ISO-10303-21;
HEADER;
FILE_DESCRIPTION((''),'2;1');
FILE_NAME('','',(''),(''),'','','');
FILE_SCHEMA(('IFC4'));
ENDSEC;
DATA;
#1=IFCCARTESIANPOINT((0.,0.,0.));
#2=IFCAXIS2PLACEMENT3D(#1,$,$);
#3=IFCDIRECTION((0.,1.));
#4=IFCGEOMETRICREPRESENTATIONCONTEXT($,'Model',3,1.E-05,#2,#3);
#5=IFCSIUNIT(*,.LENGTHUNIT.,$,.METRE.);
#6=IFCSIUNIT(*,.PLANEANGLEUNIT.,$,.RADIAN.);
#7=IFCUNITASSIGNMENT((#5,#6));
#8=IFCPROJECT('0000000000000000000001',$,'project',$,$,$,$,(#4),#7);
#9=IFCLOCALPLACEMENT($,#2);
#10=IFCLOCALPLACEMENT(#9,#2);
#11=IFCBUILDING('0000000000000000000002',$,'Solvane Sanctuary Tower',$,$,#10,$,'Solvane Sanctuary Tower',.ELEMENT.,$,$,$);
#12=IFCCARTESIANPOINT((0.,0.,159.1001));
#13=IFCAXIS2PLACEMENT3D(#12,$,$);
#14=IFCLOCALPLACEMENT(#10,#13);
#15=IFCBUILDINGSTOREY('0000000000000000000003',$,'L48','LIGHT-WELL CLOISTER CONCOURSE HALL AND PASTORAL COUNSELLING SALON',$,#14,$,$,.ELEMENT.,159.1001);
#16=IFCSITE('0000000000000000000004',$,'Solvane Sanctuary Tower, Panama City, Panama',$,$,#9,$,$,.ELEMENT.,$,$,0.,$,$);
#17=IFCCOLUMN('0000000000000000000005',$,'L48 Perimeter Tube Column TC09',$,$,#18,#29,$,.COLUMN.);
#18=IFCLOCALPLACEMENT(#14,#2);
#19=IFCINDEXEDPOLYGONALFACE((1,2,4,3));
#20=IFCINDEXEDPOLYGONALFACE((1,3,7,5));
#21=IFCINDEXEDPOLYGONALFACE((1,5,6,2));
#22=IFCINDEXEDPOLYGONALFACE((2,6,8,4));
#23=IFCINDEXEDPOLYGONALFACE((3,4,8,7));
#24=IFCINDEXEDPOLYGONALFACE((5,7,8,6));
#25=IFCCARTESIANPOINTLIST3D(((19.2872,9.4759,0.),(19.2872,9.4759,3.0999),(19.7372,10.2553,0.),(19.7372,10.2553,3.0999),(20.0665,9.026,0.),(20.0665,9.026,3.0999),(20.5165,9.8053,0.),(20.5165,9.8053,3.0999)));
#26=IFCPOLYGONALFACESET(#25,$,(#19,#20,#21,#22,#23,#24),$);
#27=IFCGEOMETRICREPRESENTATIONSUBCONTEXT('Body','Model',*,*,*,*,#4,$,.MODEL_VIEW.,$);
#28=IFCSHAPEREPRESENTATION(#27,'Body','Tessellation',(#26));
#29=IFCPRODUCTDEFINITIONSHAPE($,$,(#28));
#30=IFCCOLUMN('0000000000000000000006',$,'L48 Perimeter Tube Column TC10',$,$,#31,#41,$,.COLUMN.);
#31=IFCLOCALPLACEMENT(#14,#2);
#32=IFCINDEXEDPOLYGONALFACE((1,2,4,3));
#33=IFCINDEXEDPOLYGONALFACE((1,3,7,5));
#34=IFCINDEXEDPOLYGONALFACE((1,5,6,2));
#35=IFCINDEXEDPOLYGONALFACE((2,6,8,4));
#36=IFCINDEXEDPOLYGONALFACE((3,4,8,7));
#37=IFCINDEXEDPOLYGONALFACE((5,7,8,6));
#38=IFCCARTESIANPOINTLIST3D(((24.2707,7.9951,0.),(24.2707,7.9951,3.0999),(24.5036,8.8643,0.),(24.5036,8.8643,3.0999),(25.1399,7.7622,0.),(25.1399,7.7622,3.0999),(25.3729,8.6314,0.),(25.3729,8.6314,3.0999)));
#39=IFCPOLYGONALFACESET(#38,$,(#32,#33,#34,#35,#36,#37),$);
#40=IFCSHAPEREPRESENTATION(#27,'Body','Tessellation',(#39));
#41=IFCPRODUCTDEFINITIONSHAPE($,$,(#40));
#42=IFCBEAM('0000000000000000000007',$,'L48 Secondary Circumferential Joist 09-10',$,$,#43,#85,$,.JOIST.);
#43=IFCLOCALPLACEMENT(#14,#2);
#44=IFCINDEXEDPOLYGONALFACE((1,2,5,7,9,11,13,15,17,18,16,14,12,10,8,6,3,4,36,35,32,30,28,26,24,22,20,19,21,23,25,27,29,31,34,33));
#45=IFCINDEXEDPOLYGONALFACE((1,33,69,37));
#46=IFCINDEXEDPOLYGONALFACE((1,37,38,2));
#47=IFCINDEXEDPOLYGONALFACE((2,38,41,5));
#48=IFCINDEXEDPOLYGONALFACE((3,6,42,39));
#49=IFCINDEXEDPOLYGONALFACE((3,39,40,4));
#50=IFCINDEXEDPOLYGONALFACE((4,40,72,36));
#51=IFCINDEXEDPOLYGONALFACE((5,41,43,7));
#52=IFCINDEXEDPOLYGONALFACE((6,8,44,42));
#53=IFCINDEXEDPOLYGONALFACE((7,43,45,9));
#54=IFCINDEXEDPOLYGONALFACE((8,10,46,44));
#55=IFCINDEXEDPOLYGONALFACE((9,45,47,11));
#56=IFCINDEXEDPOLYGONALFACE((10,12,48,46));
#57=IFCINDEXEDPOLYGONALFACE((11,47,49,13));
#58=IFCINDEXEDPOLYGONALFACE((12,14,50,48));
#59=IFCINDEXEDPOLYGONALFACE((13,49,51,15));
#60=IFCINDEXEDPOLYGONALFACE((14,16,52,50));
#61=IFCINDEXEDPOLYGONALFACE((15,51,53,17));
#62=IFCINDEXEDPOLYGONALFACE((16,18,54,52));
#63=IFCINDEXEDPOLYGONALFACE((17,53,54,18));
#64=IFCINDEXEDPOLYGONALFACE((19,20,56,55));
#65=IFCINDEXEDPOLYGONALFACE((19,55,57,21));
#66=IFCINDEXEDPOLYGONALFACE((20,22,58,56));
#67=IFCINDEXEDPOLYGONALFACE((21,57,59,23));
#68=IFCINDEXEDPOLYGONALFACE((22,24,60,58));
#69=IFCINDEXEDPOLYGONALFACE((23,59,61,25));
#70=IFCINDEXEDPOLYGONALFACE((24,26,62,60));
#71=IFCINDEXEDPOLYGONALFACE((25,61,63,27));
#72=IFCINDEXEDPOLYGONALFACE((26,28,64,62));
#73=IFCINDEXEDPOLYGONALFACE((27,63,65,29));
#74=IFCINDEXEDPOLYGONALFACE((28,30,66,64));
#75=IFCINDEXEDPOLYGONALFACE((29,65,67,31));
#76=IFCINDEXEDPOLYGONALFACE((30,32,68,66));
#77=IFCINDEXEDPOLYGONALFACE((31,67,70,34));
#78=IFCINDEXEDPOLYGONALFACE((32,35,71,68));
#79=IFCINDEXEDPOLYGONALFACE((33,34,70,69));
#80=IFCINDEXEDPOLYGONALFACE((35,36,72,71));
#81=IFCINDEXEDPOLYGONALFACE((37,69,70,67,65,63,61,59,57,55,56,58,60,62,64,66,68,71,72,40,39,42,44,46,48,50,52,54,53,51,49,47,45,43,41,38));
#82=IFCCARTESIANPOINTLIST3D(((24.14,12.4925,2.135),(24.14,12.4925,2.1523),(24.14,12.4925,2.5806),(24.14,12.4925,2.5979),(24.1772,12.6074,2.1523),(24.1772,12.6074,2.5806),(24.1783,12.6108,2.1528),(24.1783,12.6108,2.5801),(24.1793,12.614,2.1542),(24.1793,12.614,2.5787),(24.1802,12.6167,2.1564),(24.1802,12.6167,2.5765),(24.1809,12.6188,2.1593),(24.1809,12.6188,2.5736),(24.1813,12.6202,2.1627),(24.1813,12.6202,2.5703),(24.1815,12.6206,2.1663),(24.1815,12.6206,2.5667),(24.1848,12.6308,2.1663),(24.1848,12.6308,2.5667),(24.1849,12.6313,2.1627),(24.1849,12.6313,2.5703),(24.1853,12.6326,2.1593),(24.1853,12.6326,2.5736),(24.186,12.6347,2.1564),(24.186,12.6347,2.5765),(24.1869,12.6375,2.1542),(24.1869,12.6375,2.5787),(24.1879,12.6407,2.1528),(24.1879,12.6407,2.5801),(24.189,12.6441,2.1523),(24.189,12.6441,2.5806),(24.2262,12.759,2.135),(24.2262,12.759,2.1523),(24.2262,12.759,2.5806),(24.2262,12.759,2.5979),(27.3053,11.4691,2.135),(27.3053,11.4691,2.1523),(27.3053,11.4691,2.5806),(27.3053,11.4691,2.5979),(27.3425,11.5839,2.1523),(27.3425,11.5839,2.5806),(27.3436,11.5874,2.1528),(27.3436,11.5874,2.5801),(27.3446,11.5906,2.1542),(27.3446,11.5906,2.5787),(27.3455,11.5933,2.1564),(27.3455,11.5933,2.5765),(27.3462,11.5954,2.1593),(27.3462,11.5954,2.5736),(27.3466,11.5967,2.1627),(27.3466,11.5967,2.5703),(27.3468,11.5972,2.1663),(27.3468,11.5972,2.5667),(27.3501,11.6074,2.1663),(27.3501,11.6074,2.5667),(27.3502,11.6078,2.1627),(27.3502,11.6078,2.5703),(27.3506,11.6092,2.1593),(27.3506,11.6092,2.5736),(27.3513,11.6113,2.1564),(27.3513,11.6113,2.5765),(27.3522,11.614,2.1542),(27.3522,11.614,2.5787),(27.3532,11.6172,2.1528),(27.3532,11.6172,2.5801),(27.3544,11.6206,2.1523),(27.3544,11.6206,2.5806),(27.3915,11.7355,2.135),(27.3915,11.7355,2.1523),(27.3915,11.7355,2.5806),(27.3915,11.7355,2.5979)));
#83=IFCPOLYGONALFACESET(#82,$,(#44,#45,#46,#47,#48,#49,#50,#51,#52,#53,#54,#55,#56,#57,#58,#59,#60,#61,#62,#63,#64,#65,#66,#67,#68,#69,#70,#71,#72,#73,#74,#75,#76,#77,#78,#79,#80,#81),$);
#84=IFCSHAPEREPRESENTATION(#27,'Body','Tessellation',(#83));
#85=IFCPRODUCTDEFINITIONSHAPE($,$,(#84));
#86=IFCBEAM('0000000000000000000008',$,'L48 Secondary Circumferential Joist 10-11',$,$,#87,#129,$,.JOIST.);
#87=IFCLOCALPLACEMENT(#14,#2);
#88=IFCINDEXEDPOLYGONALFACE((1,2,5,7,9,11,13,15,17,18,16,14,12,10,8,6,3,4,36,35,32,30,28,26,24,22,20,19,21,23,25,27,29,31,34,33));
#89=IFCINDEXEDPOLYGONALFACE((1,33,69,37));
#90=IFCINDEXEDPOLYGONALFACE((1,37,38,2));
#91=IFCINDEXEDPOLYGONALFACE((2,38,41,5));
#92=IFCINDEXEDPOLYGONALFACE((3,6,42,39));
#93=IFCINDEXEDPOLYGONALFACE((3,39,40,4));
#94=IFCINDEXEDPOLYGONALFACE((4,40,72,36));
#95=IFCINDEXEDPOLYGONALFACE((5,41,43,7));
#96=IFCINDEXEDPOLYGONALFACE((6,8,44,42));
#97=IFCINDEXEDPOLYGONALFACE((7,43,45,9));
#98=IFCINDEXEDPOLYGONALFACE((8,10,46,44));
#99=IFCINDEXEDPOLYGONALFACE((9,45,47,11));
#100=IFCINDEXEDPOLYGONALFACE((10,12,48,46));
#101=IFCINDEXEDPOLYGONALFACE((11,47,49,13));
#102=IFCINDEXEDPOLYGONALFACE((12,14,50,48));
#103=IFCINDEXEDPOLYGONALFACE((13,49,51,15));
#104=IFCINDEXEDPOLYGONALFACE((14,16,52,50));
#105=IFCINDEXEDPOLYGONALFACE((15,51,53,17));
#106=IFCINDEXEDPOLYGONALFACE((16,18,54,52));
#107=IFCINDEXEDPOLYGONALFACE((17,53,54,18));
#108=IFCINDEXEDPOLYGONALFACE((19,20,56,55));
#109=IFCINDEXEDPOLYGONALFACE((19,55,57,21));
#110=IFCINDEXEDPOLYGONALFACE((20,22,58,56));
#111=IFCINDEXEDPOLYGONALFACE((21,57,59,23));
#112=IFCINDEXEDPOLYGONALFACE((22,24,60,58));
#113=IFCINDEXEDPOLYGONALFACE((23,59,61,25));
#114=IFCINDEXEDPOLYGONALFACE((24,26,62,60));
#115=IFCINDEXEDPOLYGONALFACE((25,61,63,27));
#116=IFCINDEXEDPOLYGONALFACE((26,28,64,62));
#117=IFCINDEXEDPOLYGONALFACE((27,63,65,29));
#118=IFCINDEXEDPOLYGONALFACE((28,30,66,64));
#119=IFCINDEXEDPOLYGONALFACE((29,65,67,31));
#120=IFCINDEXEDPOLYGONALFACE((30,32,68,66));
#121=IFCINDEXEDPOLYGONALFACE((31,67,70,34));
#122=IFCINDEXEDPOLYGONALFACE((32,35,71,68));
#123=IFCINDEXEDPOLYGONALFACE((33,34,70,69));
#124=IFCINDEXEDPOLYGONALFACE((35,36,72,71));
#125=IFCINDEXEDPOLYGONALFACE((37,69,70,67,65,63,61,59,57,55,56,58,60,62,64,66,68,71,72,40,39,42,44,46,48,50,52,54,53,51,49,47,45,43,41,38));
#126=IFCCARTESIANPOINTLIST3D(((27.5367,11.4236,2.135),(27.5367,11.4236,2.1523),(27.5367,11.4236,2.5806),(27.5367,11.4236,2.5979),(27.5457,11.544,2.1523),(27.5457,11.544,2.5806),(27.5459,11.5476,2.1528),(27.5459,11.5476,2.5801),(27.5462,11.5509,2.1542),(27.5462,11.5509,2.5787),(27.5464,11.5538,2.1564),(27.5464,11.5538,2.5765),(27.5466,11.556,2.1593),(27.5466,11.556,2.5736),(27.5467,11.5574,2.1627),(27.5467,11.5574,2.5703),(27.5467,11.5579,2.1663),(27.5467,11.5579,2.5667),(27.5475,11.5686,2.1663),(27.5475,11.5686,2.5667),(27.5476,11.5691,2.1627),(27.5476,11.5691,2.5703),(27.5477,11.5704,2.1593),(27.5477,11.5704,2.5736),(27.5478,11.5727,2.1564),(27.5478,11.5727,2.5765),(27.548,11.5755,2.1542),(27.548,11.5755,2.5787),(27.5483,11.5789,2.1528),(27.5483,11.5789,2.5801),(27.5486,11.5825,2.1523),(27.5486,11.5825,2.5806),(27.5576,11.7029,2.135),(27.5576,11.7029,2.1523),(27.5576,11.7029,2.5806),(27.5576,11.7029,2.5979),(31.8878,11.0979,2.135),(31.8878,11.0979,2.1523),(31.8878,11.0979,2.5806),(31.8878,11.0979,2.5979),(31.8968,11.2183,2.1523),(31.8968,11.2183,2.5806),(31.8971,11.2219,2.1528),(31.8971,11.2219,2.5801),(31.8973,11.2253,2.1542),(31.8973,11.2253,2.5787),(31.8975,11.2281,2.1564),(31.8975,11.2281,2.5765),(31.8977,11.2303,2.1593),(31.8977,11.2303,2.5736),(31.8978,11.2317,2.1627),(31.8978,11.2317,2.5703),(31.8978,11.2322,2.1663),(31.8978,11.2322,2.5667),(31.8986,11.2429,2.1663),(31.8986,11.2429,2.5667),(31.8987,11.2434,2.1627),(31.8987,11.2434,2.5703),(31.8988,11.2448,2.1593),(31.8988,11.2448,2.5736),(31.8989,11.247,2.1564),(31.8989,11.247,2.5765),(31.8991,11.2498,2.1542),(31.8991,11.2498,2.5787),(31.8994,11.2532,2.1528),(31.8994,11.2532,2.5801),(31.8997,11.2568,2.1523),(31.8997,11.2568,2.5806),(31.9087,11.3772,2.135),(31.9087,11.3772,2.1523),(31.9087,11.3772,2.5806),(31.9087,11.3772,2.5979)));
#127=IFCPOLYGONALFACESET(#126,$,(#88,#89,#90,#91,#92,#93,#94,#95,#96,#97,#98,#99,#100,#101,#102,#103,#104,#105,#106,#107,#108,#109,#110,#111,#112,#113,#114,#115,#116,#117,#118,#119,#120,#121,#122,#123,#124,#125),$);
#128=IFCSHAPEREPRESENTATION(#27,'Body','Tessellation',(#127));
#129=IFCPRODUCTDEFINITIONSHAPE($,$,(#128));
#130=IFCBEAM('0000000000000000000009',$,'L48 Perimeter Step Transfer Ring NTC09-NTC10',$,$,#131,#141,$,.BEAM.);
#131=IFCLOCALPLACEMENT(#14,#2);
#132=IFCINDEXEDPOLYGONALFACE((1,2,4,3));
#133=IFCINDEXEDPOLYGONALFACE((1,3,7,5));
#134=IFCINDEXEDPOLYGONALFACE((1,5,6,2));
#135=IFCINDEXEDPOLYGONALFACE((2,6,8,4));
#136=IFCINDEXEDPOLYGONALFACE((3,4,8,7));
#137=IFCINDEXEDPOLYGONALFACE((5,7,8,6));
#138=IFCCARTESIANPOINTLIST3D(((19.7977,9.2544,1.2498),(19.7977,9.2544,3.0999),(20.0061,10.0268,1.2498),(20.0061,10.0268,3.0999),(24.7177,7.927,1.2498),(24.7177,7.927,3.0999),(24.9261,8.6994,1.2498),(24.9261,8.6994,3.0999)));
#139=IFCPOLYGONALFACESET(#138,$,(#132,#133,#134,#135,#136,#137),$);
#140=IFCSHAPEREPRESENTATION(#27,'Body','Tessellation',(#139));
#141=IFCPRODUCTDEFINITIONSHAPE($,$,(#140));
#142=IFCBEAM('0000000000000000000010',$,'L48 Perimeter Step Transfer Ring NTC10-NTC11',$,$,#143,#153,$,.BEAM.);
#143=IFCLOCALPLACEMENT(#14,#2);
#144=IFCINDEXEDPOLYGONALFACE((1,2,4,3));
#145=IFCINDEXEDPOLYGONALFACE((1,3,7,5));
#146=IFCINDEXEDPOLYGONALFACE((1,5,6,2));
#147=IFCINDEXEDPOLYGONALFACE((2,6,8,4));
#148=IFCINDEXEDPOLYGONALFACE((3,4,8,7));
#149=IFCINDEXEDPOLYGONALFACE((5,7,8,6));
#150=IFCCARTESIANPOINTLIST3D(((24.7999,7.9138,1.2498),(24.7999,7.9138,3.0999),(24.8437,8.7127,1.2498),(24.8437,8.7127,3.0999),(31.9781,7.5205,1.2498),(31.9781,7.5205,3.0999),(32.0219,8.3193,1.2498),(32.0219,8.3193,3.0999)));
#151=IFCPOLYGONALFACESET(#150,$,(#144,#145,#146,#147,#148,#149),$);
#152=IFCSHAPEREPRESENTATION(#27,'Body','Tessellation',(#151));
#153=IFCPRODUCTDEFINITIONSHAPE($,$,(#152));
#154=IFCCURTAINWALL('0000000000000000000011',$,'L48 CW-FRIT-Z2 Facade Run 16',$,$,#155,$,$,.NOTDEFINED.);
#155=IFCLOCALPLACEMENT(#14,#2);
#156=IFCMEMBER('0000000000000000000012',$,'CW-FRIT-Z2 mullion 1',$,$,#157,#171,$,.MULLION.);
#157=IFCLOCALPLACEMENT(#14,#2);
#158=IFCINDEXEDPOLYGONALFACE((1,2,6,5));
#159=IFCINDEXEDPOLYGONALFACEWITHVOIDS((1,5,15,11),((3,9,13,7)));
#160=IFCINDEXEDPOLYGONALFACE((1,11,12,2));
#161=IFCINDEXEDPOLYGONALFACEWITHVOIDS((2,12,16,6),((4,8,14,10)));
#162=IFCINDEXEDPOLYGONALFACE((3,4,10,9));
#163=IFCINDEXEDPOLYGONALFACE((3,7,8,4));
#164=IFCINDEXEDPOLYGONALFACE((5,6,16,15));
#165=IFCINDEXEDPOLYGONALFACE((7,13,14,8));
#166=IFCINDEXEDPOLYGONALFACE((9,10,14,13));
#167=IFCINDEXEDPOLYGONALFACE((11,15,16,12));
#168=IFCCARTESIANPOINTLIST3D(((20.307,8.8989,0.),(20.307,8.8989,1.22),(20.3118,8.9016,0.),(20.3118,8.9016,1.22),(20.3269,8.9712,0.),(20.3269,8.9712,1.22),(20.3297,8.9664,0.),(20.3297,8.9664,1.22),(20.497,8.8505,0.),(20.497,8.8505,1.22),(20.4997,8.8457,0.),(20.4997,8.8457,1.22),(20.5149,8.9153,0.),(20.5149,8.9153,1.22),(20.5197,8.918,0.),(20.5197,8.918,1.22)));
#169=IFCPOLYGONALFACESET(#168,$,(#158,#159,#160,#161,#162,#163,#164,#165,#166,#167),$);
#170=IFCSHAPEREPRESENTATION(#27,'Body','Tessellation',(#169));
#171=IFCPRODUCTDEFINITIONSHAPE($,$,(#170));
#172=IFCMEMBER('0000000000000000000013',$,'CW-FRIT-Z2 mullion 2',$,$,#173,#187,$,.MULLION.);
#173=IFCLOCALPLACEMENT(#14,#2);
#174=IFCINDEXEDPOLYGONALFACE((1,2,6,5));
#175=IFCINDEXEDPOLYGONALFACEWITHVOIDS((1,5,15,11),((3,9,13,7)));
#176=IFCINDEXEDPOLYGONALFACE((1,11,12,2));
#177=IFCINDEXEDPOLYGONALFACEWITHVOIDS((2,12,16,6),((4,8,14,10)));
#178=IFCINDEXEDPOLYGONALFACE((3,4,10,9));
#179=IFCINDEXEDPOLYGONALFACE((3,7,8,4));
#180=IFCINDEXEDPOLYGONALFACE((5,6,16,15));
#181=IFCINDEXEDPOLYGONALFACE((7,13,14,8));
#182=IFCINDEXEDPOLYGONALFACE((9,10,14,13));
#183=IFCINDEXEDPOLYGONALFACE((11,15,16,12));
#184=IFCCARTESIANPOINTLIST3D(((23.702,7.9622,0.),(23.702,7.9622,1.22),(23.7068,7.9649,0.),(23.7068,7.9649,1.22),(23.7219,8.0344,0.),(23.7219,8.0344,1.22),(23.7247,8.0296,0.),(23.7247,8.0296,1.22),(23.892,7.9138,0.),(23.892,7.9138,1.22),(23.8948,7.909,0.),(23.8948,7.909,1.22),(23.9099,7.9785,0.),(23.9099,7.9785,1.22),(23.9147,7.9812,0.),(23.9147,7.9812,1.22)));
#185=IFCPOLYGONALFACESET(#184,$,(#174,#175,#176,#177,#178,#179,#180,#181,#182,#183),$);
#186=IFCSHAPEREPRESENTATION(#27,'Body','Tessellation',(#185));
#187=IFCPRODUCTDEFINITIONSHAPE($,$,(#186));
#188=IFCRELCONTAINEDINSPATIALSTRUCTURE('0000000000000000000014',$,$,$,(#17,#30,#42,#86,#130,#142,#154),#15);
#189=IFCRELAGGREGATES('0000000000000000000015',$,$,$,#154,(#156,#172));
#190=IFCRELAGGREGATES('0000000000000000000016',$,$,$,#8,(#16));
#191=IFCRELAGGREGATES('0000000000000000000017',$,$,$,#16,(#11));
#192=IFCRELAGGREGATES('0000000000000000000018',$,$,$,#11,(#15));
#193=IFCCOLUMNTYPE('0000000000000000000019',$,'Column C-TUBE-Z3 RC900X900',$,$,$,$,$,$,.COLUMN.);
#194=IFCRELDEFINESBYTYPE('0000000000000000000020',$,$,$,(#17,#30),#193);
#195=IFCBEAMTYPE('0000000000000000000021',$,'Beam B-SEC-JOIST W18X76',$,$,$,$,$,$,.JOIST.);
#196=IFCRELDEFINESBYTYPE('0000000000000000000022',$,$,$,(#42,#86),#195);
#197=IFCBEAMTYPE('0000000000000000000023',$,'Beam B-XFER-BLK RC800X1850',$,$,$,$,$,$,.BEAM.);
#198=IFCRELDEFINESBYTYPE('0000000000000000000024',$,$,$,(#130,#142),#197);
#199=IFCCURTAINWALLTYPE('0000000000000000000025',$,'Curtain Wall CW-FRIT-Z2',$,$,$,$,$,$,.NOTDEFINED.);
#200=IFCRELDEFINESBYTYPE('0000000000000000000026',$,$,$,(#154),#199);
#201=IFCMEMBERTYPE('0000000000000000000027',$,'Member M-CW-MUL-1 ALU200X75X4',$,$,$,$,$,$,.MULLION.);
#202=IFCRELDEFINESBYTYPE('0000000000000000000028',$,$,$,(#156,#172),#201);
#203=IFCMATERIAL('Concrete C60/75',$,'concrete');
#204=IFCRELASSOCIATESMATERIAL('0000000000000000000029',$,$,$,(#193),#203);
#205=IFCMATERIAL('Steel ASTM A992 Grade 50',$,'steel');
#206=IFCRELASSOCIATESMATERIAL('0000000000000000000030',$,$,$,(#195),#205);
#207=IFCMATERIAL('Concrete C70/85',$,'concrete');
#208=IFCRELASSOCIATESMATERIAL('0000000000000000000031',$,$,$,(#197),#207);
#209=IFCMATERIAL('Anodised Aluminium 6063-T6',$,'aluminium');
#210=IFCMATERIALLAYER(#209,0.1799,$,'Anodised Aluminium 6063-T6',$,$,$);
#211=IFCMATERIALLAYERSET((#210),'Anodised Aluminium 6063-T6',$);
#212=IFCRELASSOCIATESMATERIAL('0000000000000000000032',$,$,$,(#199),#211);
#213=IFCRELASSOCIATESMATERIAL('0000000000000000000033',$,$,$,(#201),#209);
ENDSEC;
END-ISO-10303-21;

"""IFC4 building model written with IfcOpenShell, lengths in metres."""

from ifc_helpers import new_model, si_unit, direction, frame, origin, origin_2d, place, context, subcontext, project, spatial, rectangle, hollow_rectangle, i_section, extrude, material, layer, layer_set, material_profile, profile_set, type_object, element, aggregate, save


model = new_model("IFC4")

# Units and contexts
model_context = context("Model", 3, precision=1e-05, world=origin(), true_north=direction((0.0, 1.0)))
body_context = subcontext(model_context, "Body", "Model", "MODEL_VIEW")
ifc_project = project(units=[si_unit("LENGTHUNIT", "METRE"), si_unit("PLANEANGLEUNIT", "RADIAN")], contexts=[model_context])

# Site, building, storey
site_placement = place(None, origin())
site = spatial("IfcSite", under=ifc_project, at=site_placement, Name="Solvane Sanctuary Tower, Panama City, Panama", CompositionType="ELEMENT", RefElevation=0.0)
building_placement = place(site_placement, origin())
building = spatial("IfcBuilding", under=site, at=building_placement, Name="Solvane Sanctuary Tower", LongName="Solvane Sanctuary Tower", CompositionType="ELEMENT")
storey_placement = place(building_placement, frame((0.0, 0.0, 159.1001)))
storey = spatial("IfcBuildingStorey", under=building, at=storey_placement, Name="L48", Description="LIGHT-WELL CLOISTER CONCOURSE HALL AND PASTORAL COUNSELLING SALON", CompositionType="ELEMENT", Elevation=159.1001)

# Columns
ifc_material_1 = material(Name="Concrete C60/75", Category="concrete")
ifc_material_profile_1 = material_profile(ifc_material_1, rectangle(XDim=0.8999, YDim=0.8999, at=origin_2d()), Name="RC900X900")
ifc_profile_set_1 = profile_set([ifc_material_profile_1], Name="Concrete C60/75")
column_type = type_object("IfcColumnType", Name="Column C-TUBE-Z3 RC900X900", PredefinedType="COLUMN", material=ifc_profile_set_1)
for number, where, z_axis, x_axis, name in (
    (1, (19.9019, 9.6406, 0.0), (0.0, 0.0, 1.0), (-0.5, -0.866025, 0.0), "L48 Perimeter Tube Column TC09"),
    (2, (24.8218, 8.3132, 0.0), (0.0, 0.0, 1.0), (-0.258819, -0.965926, 0.0), "L48 Perimeter Tube Column TC10"),
):
    element("IfcColumn", number, at=place(storey_placement, frame(where, z_axis=z_axis, x_axis=x_axis)), inside=storey, type_object=column_type, Name=name, PredefinedType="COLUMN", context=body_context, shape_type="SweptSolid", body=[
        extrude(rectangle(XDim=0.8999, YDim=0.8999, at=origin_2d()), origin(), (0.0, 0.0, 1.0), 3.0999),
    ])

# Beams
ifc_material_2 = material(Name="Steel ASTM A992 Grade 50", Category="steel")
ifc_material_profile_2 = material_profile(ifc_material_2, i_section(OverallWidth=0.28, OverallDepth=0.4629, WebThickness=0.0107, FlangeThickness=0.0173, FilletRadius=0.0139, at=origin_2d()), Name="W18X76")
ifc_profile_set_2 = profile_set([ifc_material_profile_2], Name="Steel ASTM A992 Grade 50")
beam_type_1 = type_object("IfcBeamType", Name="Beam B-SEC-JOIST W18X76", PredefinedType="JOIST", material=ifc_profile_set_2)
beam_1_placement = place(storey_placement, frame((24.1831, 12.6257, 2.3665), z_axis=(0.9515, -0.30765, 0.0), x_axis=(0.30765, 0.9515, 0.0)))
element("IfcBeam", 3, at=beam_1_placement, inside=storey, type_object=beam_type_1, Name="L48 Secondary Circumferential Joist 09-10", PredefinedType="JOIST", context=body_context, shape_type="SweptSolid", body=[
    extrude(i_section(OverallWidth=0.28, OverallDepth=0.4629, WebThickness=0.0107, FlangeThickness=0.0173, FilletRadius=0.0139, at=origin_2d()), origin(), (0.0, 0.0, 1.0), 3.3267),
])
beam_2_placement = place(storey_placement, frame((27.5471, 11.5632, 2.3665), z_axis=(0.99721, -0.074642, 0.0), x_axis=(0.074642, 0.99721, 0.0)))
element("IfcBeam", 4, at=beam_2_placement, inside=storey, type_object=beam_type_1, Name="L48 Secondary Circumferential Joist 10-11", PredefinedType="JOIST", context=body_context, shape_type="SweptSolid", body=[
    extrude(i_section(OverallWidth=0.28, OverallDepth=0.4629, WebThickness=0.0107, FlangeThickness=0.0173, FilletRadius=0.0139, at=origin_2d()), origin(), (0.0, 0.0, 1.0), 4.3633),
])
ifc_material_3 = material(Name="Concrete C70/85", Category="concrete")
ifc_material_profile_3 = material_profile(ifc_material_3, rectangle(XDim=0.8, YDim=1.8501, at=origin_2d()), Name="RC800X1850")
ifc_profile_set_3 = profile_set([ifc_material_profile_3], Name="Concrete C70/85")
beam_type_2 = type_object("IfcBeamType", Name="Beam B-XFER-BLK RC800X1850", PredefinedType="BEAM", material=ifc_profile_set_3)
beam_3_placement = place(storey_placement, frame((19.9019, 9.6406, 2.1748), z_axis=(0.965478, -0.260485, 0.0), x_axis=(0.260485, 0.965478, 0.0)))
element("IfcBeam", 5, at=beam_3_placement, inside=storey, type_object=beam_type_2, Name="L48 Perimeter Step Transfer Ring NTC09-NTC10", PredefinedType="BEAM", context=body_context, shape_type="SweptSolid", body=[
    extrude(rectangle(XDim=0.8, YDim=1.8501, at=origin_2d()), origin(), (0.0, 0.0, 1.0), 5.0959),
])
beam_4_placement = place(storey_placement, frame((24.8218, 8.3132, 2.1748), z_axis=(0.998502, -0.05471, 0.0), x_axis=(0.05471, 0.998502, 0.0)))
element("IfcBeam", 6, at=beam_4_placement, inside=storey, type_object=beam_type_2, Name="L48 Perimeter Step Transfer Ring NTC10-NTC11", PredefinedType="BEAM", context=body_context, shape_type="SweptSolid", body=[
    extrude(rectangle(XDim=0.8, YDim=1.8501, at=origin_2d()), origin(), (0.0, 0.0, 1.0), 7.189),
])

# Curtain wall, members
ifc_material_4 = material(Name="Anodised Aluminium 6063-T6", Category="aluminium")
ifc_layer_1 = layer(ifc_material_4, 0.1799, Name="Anodised Aluminium 6063-T6")
ifc_layer_set_1 = layer_set([ifc_layer_1], Name="Anodised Aluminium 6063-T6")
curtain_wall_type = type_object("IfcCurtainWallType", Name="Curtain Wall CW-FRIT-Z2", PredefinedType="NOTDEFINED", material=ifc_layer_set_1)
curtain_wall_placement = place(storey_placement, origin())
curtain_wall = element("IfcCurtainWall", 7, at=curtain_wall_placement, inside=storey, type_object=curtain_wall_type, Name="L48 CW-FRIT-Z2 Facade Run 16", PredefinedType="NOTDEFINED")
ifc_material_profile_4 = material_profile(ifc_material_4, hollow_rectangle(XDim=0.075, YDim=0.2, WallThickness=0.0039, at=origin_2d()), Name="ALU200X75X4")
ifc_profile_set_4 = profile_set([ifc_material_profile_4], Name="Anodised Aluminium 6063-T6")
member_type_1 = type_object("IfcMemberType", Name="Member M-CW-MUL-1 ALU200X75X4", PredefinedType="MULLION", material=ifc_profile_set_4)
member_1_placement = place(storey_placement, frame((20.4133, 8.9084, 0.0), z_axis=(0.0, 0.0, 1.0), x_axis=(0.266022, 0.963967, 0.0)))
member_1 = element("IfcMember", 8, at=member_1_placement, type_object=member_type_1, Name="CW-FRIT-Z2 mullion 1", PredefinedType="MULLION", context=body_context, shape_type="SweptSolid", body=[
    extrude(hollow_rectangle(XDim=0.075, YDim=0.2, WallThickness=0.0039, at=origin_2d()), origin(), (0.0, 0.0, 1.0), 1.22),
])
member_2_placement = place(storey_placement, frame((23.8083, 7.9717, 0.0), z_axis=(0.0, 0.0, 1.0), x_axis=(0.266022, 0.963967, 0.0)))
member_2 = element("IfcMember", 9, at=member_2_placement, type_object=member_type_1, Name="CW-FRIT-Z2 mullion 2", PredefinedType="MULLION", context=body_context, shape_type="SweptSolid", body=[
    extrude(hollow_rectangle(XDim=0.075, YDim=0.2, WallThickness=0.0039, at=origin_2d()), origin(), (0.0, 0.0, 1.0), 1.22),
])
aggregate(curtain_wall, [member_1, member_2])

save(model, "model.ifc")
